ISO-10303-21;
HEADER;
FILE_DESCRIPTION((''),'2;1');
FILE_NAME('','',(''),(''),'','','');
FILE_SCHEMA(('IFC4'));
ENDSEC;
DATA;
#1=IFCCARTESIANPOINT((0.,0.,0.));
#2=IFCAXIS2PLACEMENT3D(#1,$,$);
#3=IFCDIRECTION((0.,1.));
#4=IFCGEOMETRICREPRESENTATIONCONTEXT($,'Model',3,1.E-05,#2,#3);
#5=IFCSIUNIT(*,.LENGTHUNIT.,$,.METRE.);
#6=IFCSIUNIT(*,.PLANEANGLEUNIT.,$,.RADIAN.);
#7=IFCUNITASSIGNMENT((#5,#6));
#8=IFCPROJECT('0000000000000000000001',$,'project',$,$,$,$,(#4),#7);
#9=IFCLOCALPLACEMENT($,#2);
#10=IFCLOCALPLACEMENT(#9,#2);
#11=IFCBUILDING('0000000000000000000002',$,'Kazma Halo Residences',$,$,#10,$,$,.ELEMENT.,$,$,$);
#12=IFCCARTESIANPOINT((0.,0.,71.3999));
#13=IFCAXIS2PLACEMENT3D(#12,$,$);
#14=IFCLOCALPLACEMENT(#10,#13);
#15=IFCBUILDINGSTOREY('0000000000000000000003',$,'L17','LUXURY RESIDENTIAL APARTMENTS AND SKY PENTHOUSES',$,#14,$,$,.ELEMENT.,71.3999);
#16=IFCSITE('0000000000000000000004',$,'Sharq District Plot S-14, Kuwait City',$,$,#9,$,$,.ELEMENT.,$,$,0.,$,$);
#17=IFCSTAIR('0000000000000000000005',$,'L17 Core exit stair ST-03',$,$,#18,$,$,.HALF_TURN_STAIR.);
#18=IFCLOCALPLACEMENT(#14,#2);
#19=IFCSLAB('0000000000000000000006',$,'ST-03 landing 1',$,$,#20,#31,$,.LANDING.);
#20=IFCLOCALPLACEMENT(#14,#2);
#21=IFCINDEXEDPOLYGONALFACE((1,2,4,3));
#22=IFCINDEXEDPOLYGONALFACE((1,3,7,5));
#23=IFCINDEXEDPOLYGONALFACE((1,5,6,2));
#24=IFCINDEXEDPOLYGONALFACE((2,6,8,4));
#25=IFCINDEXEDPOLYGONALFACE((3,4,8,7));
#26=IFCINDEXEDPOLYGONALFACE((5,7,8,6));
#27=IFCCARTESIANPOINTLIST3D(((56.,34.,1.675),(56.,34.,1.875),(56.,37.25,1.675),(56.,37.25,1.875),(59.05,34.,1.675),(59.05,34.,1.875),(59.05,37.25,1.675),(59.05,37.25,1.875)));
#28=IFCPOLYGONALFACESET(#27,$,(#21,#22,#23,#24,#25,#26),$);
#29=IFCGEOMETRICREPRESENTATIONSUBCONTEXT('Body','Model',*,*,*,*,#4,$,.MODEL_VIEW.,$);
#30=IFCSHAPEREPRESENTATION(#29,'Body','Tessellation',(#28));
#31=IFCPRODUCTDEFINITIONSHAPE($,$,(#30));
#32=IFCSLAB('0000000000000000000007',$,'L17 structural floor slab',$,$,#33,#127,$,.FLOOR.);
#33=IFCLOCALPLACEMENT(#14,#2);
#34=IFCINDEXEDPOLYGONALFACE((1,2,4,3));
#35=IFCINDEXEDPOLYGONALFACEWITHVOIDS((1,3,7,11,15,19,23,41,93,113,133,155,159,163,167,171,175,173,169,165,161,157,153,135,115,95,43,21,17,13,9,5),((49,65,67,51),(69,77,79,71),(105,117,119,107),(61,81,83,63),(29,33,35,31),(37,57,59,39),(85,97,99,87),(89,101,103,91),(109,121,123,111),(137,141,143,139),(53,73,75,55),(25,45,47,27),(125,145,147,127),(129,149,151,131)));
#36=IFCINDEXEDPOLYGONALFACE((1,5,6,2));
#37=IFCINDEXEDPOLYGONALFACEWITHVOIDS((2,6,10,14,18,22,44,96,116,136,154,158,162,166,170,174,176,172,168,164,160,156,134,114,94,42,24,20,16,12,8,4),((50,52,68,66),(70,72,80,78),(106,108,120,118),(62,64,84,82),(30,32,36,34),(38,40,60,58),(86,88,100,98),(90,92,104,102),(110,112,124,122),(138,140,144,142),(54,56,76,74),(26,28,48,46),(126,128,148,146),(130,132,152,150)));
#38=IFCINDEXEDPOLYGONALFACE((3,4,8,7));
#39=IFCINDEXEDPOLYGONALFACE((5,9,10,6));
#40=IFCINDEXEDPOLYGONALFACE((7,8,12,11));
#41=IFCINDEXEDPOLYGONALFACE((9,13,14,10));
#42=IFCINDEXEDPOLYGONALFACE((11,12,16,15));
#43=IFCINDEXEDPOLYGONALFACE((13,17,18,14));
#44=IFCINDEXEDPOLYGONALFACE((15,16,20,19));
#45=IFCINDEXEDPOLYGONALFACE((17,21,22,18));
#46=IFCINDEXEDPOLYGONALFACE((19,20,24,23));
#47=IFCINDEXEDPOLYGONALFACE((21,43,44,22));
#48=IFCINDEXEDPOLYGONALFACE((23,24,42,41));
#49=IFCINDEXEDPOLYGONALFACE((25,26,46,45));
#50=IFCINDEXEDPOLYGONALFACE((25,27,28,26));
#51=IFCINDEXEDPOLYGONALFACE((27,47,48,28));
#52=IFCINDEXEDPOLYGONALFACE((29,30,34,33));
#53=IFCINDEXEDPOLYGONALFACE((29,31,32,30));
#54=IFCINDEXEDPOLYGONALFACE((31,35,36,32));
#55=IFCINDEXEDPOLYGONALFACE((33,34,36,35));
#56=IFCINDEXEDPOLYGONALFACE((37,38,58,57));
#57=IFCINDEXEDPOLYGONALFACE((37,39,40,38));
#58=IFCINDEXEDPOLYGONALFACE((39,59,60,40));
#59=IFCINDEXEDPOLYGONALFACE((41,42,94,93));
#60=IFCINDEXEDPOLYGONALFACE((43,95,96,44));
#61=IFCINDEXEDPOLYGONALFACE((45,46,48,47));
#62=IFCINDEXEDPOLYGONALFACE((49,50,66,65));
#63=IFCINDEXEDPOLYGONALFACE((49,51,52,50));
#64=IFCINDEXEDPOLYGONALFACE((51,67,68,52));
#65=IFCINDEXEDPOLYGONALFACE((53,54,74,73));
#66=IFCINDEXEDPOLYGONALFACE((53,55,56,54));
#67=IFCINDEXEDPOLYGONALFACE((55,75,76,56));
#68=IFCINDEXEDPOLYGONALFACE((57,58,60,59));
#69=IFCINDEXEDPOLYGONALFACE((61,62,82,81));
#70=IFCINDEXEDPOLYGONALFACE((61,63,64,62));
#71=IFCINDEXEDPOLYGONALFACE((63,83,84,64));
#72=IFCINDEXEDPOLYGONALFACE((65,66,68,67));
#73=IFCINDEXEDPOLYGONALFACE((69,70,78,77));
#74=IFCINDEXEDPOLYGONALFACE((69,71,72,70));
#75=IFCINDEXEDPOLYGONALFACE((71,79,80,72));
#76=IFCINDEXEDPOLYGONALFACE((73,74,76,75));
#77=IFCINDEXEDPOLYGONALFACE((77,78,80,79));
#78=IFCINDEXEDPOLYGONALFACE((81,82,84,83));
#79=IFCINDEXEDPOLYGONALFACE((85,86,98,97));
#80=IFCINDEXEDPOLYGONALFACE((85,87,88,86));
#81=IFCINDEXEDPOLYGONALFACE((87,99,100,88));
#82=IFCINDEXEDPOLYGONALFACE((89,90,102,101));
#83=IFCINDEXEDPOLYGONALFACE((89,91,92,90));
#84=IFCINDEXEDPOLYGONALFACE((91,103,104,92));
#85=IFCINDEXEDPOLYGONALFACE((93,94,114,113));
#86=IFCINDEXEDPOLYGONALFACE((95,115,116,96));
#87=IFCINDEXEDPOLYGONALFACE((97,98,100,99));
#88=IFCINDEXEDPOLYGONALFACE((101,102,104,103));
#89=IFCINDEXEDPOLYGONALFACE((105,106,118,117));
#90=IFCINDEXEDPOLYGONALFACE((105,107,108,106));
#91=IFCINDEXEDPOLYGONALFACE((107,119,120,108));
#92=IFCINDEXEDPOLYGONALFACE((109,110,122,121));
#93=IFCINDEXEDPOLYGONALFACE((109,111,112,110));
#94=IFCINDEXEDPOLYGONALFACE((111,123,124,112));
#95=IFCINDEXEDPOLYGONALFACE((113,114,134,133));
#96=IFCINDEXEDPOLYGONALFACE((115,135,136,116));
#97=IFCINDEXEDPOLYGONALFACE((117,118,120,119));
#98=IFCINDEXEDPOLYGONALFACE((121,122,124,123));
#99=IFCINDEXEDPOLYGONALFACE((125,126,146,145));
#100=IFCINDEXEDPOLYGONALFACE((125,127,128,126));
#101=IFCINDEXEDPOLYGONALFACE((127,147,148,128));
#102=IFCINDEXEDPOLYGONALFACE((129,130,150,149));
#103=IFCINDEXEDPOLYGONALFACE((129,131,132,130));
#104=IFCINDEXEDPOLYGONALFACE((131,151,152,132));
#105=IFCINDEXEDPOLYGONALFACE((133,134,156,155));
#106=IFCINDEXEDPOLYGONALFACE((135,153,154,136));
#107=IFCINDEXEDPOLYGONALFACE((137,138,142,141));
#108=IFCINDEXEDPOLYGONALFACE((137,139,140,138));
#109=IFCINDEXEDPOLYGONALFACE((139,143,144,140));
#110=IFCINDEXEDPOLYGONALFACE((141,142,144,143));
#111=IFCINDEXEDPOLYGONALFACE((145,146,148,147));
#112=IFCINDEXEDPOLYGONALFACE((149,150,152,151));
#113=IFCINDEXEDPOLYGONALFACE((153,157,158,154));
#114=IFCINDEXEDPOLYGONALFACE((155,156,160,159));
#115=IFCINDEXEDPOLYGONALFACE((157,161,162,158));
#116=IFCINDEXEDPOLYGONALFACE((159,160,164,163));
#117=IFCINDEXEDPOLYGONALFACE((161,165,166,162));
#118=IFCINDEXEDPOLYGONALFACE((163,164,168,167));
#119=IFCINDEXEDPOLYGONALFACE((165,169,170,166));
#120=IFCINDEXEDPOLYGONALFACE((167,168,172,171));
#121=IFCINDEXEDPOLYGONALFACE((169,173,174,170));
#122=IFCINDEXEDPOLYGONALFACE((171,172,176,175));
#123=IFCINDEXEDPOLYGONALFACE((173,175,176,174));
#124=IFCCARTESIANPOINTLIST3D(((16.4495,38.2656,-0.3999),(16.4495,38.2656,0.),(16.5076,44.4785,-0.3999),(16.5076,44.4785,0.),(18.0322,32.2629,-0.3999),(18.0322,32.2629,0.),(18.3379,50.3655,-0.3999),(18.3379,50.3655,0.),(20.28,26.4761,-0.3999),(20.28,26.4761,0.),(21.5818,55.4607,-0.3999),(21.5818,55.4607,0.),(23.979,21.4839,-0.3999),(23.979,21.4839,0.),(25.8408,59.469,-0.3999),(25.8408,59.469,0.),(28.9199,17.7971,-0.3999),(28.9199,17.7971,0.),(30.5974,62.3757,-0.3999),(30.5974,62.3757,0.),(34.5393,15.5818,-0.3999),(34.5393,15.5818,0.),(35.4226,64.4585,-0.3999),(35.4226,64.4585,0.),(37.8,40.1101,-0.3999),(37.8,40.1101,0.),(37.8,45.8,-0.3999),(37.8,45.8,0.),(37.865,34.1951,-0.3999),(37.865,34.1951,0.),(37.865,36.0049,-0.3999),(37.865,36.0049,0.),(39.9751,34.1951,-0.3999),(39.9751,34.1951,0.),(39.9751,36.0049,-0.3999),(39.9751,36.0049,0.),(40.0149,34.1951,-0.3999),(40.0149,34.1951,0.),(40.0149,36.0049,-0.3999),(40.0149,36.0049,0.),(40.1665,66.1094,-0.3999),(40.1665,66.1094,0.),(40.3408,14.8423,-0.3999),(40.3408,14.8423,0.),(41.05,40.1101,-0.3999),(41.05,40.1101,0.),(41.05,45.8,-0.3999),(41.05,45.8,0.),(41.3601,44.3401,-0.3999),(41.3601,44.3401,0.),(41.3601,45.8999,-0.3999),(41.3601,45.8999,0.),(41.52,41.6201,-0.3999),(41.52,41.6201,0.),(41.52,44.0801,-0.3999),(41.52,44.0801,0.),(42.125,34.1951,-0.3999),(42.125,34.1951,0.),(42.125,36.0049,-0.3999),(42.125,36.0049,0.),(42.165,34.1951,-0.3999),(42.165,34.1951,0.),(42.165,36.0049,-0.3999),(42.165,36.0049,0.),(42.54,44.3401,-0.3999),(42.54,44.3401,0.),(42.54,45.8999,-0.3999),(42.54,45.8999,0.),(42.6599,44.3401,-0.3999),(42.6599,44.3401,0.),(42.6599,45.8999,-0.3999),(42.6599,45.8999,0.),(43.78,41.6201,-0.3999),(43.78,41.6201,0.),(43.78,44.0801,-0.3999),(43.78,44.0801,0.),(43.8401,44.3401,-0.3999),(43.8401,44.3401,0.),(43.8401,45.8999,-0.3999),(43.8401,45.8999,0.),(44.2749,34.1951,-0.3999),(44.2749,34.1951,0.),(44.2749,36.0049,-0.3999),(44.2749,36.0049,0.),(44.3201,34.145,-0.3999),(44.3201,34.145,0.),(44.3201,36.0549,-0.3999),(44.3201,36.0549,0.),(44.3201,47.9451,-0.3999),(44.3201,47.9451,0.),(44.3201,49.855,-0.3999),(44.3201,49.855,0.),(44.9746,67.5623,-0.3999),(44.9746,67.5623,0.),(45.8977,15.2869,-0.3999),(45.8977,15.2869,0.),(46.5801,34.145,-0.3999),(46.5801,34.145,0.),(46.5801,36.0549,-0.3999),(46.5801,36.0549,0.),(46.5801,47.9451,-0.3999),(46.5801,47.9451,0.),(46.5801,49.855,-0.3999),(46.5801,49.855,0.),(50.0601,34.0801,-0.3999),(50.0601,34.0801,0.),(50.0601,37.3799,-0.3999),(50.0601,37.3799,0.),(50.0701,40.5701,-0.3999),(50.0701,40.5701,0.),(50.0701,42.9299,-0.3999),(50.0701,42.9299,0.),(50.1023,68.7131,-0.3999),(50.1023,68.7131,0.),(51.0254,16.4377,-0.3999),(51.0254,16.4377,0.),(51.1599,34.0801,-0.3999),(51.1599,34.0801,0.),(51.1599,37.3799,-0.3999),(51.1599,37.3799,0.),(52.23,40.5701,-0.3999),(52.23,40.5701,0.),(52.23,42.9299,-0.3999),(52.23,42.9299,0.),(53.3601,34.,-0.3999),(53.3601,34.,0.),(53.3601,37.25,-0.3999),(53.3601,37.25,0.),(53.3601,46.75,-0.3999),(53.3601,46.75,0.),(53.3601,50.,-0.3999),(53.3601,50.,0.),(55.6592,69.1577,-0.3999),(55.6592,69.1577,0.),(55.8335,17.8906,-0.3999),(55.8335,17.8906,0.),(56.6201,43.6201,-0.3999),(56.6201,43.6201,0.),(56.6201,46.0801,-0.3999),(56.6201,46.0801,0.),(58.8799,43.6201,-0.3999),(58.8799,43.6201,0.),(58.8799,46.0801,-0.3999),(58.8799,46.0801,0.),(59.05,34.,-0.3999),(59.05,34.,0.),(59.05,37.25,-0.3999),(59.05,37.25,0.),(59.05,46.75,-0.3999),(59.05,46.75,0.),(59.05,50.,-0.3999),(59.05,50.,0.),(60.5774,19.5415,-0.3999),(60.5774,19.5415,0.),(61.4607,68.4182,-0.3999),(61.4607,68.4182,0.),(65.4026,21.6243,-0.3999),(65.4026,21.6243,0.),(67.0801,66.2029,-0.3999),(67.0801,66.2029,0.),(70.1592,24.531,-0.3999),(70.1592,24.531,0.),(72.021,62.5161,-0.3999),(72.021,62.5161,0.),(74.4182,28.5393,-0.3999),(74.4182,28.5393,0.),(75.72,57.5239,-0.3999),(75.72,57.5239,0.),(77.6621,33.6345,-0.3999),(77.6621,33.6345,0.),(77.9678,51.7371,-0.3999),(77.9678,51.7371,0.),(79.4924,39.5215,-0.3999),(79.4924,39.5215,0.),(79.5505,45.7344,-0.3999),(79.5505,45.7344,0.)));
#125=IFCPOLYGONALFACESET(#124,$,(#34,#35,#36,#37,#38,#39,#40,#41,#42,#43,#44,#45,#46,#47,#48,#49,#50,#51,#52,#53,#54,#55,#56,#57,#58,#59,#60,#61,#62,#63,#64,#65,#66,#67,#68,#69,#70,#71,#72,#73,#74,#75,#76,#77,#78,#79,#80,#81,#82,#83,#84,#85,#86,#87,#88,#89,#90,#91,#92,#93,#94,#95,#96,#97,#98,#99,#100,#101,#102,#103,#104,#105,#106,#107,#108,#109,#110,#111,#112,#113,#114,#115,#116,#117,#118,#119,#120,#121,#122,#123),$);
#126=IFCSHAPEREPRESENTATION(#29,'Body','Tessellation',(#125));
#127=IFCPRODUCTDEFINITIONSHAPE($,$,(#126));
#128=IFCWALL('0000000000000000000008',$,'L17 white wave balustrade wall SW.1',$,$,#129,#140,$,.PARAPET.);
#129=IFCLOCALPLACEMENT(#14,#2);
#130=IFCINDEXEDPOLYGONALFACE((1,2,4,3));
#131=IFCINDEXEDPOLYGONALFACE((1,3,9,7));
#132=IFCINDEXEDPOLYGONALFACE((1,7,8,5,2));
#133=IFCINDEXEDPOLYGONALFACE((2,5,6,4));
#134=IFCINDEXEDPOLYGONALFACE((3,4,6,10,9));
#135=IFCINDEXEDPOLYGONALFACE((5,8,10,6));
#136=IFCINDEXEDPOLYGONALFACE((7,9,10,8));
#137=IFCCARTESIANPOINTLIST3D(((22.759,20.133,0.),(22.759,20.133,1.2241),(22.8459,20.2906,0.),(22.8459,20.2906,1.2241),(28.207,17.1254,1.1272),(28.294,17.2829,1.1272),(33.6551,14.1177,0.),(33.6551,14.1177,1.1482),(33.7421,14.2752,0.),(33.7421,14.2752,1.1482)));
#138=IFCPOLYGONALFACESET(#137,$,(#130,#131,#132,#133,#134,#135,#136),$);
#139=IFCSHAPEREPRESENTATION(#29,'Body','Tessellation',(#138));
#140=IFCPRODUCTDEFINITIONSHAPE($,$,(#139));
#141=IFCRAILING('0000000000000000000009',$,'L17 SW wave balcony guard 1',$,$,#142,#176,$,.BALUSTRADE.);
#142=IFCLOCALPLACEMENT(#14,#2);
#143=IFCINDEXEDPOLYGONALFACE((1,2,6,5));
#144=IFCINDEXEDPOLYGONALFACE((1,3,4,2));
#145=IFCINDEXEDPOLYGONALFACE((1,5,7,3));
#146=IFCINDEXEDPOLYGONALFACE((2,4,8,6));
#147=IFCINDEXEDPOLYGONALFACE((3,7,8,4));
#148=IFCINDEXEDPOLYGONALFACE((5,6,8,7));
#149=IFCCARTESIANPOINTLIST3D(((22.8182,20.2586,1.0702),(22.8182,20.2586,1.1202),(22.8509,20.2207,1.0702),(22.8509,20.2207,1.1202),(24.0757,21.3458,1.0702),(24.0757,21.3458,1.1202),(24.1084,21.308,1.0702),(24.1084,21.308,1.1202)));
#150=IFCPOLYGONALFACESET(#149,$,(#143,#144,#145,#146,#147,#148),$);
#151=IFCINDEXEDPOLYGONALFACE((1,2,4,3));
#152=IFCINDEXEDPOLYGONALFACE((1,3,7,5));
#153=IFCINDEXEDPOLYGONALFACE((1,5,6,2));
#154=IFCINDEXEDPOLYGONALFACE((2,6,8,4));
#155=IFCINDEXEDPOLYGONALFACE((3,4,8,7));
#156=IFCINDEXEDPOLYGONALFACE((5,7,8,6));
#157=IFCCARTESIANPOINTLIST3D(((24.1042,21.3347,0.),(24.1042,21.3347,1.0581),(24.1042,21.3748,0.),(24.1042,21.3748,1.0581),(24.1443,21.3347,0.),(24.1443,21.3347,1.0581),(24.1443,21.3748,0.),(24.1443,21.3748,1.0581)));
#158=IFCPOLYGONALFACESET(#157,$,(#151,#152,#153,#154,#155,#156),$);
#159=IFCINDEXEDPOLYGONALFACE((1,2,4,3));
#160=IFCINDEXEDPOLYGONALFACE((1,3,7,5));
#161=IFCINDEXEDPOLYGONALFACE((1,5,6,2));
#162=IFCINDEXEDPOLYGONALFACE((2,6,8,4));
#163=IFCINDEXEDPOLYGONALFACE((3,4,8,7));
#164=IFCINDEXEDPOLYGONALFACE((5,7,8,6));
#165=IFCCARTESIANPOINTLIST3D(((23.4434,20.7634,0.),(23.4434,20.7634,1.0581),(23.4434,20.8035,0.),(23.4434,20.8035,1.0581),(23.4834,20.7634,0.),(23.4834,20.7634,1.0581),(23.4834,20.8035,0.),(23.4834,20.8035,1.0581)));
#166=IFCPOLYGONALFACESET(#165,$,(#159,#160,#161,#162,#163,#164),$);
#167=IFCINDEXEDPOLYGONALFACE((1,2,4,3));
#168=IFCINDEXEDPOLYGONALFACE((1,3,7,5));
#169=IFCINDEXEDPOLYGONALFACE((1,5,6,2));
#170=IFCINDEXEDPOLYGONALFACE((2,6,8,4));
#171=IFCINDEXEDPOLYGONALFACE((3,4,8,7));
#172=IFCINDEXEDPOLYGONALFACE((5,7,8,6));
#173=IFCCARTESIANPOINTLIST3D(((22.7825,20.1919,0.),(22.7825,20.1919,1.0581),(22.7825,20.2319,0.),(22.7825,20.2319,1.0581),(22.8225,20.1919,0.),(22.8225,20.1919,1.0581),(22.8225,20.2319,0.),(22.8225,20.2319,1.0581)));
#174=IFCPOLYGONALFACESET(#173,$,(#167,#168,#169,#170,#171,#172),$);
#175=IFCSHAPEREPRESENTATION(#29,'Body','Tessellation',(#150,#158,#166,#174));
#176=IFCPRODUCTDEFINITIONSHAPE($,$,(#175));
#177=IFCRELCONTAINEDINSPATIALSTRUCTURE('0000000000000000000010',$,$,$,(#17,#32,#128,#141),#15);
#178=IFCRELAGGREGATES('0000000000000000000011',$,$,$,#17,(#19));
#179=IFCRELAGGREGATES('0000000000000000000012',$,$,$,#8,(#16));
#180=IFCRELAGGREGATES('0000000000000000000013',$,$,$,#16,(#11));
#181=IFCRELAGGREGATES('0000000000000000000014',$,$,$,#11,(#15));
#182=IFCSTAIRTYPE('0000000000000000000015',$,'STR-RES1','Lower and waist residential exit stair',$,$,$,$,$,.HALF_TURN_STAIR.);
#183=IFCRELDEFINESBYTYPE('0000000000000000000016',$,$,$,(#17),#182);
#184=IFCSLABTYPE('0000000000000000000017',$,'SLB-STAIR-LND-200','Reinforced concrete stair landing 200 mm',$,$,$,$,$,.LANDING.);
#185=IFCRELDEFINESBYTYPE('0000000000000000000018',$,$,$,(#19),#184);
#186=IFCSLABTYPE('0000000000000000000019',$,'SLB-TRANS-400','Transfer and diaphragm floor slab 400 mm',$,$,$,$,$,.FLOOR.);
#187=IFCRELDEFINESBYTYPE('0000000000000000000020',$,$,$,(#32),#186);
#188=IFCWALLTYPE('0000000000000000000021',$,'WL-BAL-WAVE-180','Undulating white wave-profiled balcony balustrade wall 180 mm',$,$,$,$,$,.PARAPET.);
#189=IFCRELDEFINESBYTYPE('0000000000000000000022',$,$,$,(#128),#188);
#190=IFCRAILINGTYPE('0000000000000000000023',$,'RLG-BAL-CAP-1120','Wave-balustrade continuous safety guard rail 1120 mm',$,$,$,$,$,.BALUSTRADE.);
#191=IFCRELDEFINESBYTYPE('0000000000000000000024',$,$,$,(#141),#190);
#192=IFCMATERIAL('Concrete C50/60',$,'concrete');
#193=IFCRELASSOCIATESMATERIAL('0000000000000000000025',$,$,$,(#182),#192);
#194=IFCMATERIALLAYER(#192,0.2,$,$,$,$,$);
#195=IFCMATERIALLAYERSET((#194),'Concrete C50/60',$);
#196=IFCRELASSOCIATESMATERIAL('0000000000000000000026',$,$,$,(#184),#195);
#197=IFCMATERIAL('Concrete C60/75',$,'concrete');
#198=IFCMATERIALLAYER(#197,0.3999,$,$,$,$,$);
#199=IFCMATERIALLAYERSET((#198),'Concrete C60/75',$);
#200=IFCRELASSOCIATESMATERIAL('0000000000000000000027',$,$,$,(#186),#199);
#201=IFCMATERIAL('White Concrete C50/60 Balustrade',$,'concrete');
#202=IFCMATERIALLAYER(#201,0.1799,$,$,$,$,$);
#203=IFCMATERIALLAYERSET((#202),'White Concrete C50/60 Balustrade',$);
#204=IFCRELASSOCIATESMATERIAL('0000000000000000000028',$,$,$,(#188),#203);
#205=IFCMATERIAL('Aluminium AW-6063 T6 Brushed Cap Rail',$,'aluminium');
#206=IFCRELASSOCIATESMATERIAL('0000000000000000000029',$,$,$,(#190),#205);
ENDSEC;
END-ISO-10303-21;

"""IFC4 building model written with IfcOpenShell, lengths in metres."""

from ifc_helpers import new_model, si_unit, direction, frame, origin, origin_2d, place, context, subcontext, project, spatial, polyline, rectangle, outline, extrude, material, layer, layer_set, type_object, element, aggregate, save


model = new_model("IFC4")

# Units and contexts
model_context = context("Model", 3, precision=1e-05, world=origin(), true_north=direction((0.0, 1.0)))
body_context = subcontext(model_context, "Body", "Model", "MODEL_VIEW")
ifc_project = project(units=[si_unit("LENGTHUNIT", "METRE"), si_unit("PLANEANGLEUNIT", "RADIAN")], contexts=[model_context])

# Site, building, storey
site_placement = place(None, origin())
site = spatial("IfcSite", under=ifc_project, at=site_placement, Name="Sharq District Plot S-14, Kuwait City", CompositionType="ELEMENT", RefElevation=0.0)
building_placement = place(site_placement, origin())
building = spatial("IfcBuilding", under=site, at=building_placement, Name="Kazma Halo Residences", CompositionType="ELEMENT")
storey_placement = place(building_placement, frame((0.0, 0.0, 71.3999)))
storey = spatial("IfcBuildingStorey", under=building, at=storey_placement, Name="L17", Description="LUXURY RESIDENTIAL APARTMENTS AND SKY PENTHOUSES", CompositionType="ELEMENT", Elevation=71.3999)

# Stair, slab
ifc_material_1 = material(Name="Concrete C50/60", Category="concrete")
stair_type = type_object("IfcStairType", Name="STR-RES1", Description="Lower and waist residential exit stair", PredefinedType="HALF_TURN_STAIR", material=ifc_material_1)
ifc_layer_1 = layer(ifc_material_1, 0.2)
ifc_layer_set_1 = layer_set([ifc_layer_1], Name="Concrete C50/60")
slab_type_1 = type_object("IfcSlabType", Name="SLB-STAIR-LND-200", Description="Reinforced concrete stair landing 200 mm", PredefinedType="LANDING", material=ifc_layer_set_1)
stair_1_placement = place(storey_placement, origin())
stair_1 = element("IfcStair", 1, at=stair_1_placement, inside=storey, type_object=stair_type, Name="L17 Core exit stair ST-03", PredefinedType="HALF_TURN_STAIR")
slab_1_placement = place(storey_placement, frame((0.0, 0.0, 1.675)))
slab_1 = element("IfcSlab", 2, at=slab_1_placement, type_object=slab_type_1, Name="ST-03 landing 1", PredefinedType="LANDING", context=body_context, shape_type="SweptSolid", body=[
    extrude(outline(polyline([(56.0, 34.0), (59.05, 34.0), (59.05, 37.25), (56.0, 37.25), (56.0, 34.0)])), origin(), (0.0, 0.0, 1.0), 0.2),
])
aggregate(stair_1, [slab_1])

# Slab
ifc_material_2 = material(Name="Concrete C60/75", Category="concrete")
ifc_layer_2 = layer(ifc_material_2, 0.3999)
ifc_layer_set_2 = layer_set([ifc_layer_2], Name="Concrete C60/75")
slab_type_2 = type_object("IfcSlabType", Name="SLB-TRANS-400", Description="Transfer and diaphragm floor slab 400 mm", PredefinedType="FLOOR", material=ifc_layer_set_2)
slab_2_placement = place(storey_placement, frame((0.0, 0.0, -0.3999)))
element("IfcSlab", 3, at=slab_2_placement, inside=storey, type_object=slab_type_2, Name="L17 structural floor slab", PredefinedType="FLOOR", context=body_context, shape_type="SweptSolid", body=[
    extrude(outline(polyline([(77.9678, 51.7371), (75.72, 57.5239), (72.021, 62.5161), (67.0801, 66.2029), (61.4607, 68.4182), (55.6592, 69.1577), (50.1023, 68.7131), (44.9746, 67.5623), (40.1665, 66.1094), (35.4226, 64.4585), (30.5974, 62.3757), (25.8408, 59.469), (21.5818, 55.4607), (18.3379, 50.3655), (16.5076, 44.4785), (16.4495, 38.2656), (18.0322, 32.2629), (20.28, 26.4761), (23.979, 21.4839), (28.9199, 17.7971), (34.5393, 15.5818), (40.3408, 14.8423), (45.8977, 15.2869), (51.0254, 16.4377), (55.8335, 17.8906), (60.5774, 19.5415), (65.4026, 21.6243), (70.1592, 24.531), (74.4182, 28.5393), (77.6621, 33.6345), (79.4924, 39.5215), (79.5505, 45.7344), (77.9678, 51.7371)]), holes=[polyline([(37.8, 40.1101), (41.05, 40.1101), (41.05, 45.8), (37.8, 45.8), (37.8, 40.1101)]), polyline([(53.3601, 46.75), (59.05, 46.75), (59.05, 50.0), (53.3601, 50.0), (53.3601, 46.75)]), polyline([(53.3601, 34.0), (59.05, 34.0), (59.05, 37.25), (53.3601, 37.25), (53.3601, 34.0)]), polyline([(41.52, 41.6201), (43.78, 41.6201), (43.78, 44.0801), (41.52, 44.0801), (41.52, 41.6201)]), polyline([(56.6201, 43.6201), (58.8799, 43.6201), (58.8799, 46.0801), (56.6201, 46.0801), (56.6201, 43.6201)]), polyline([(37.865, 34.1951), (39.9751, 34.1951), (39.9751, 36.0049), (37.865, 36.0049), (37.865, 34.1951)]), polyline([(40.0149, 34.1951), (42.125, 34.1951), (42.125, 36.0049), (40.0149, 36.0049), (40.0149, 34.1951)]), polyline([(42.165, 34.1951), (44.2749, 34.1951), (44.2749, 36.0049), (42.165, 36.0049), (42.165, 34.1951)]), polyline([(44.3201, 47.9451), (46.5801, 47.9451), (46.5801, 49.855), (44.3201, 49.855), (44.3201, 47.9451)]), polyline([(44.3201, 34.145), (46.5801, 34.145), (46.5801, 36.0549), (44.3201, 36.0549), (44.3201, 34.145)]), polyline([(50.0701, 40.5701), (52.23, 40.5701), (52.23, 42.9299), (50.0701, 42.9299), (50.0701, 40.5701)]), polyline([(41.3601, 44.3401), (42.54, 44.3401), (42.54, 45.8999), (41.3601, 45.8999), (41.3601, 44.3401)]), polyline([(42.6599, 44.3401), (43.8401, 44.3401), (43.8401, 45.8999), (42.6599, 45.8999), (42.6599, 44.3401)]), polyline([(50.0601, 34.0801), (51.1599, 34.0801), (51.1599, 37.3799), (50.0601, 37.3799), (50.0601, 34.0801)])]), origin(), (0.0, 0.0, 1.0), 0.3999),
])

# Wall
ifc_material_3 = material(Name="White Concrete C50/60 Balustrade", Category="concrete")
ifc_layer_3 = layer(ifc_material_3, 0.1799)
ifc_layer_set_3 = layer_set([ifc_layer_3], Name="White Concrete C50/60 Balustrade")
wall_type_1 = type_object("IfcWallType", Name="WL-BAL-WAVE-180", Description="Undulating white wave-profiled balcony balustrade wall 180 mm", PredefinedType="PARAPET", material=ifc_layer_set_3)
wall_1_placement = place(storey_placement, frame((22.8025, 20.2119, 0.0), z_axis=(0.0, 0.0, 1.0), x_axis=(0.875453, -0.483303, 0.0)))
element("IfcWall", 4, at=wall_1_placement, inside=storey, type_object=wall_type_1, Name="L17 white wave balustrade wall SW.1", PredefinedType="PARAPET", context=body_context, shape_type="SweptSolid", body=[
    extrude(outline(polyline([(0.0, 0.0), (12.4463, 0.0), (12.4463, 1.1482), (6.2231, 1.1272), (0.0, 1.2241), (0.0, 0.0)])), frame((0.0, 0.0898, 0.0), z_axis=(0.0, -1.0, 0.0), x_axis=(1.0, 0.0, 0.0)), (0.0, 0.0, 1.0), 0.1799),
])

# Railing
ifc_material_4 = material(Name="Aluminium AW-6063 T6 Brushed Cap Rail", Category="aluminium")
railing_type = type_object("IfcRailingType", Name="RLG-BAL-CAP-1120", Description="Wave-balustrade continuous safety guard rail 1120 mm", PredefinedType="BALUSTRADE", material=ifc_material_4)
railing_1_placement = place(storey_placement, frame((24.1243, 21.3547, 0.0)))
element("IfcRailing", 5, at=railing_1_placement, inside=storey, type_object=railing_type, Name="L17 SW wave balcony guard 1", PredefinedType="BALUSTRADE", context=body_context, shape_type="SweptSolid", body=[
    extrude(rectangle(XDim=0.05, YDim=0.05, at=origin_2d()), frame((-0.0322, -0.0278, 1.0952), z_axis=(-0.756458, -0.654042, 0.0), x_axis=(0.654042, -0.756458, 0.0)), (0.0, 0.0, 1.0), 1.6624),
    extrude(rectangle(XDim=0.04, YDim=0.04, at=origin_2d()), origin(), (0.0, 0.0, 1.0), 1.0581),
    extrude(rectangle(XDim=0.04, YDim=0.04, at=origin_2d()), frame((-0.6609, -0.5713, 0.0)), (0.0, 0.0, 1.0), 1.0581),
    extrude(rectangle(XDim=0.04, YDim=0.04, at=origin_2d()), frame((-1.3218, -1.1428, 0.0)), (0.0, 0.0, 1.0), 1.0581),
])

save(model, "model.ifc")
